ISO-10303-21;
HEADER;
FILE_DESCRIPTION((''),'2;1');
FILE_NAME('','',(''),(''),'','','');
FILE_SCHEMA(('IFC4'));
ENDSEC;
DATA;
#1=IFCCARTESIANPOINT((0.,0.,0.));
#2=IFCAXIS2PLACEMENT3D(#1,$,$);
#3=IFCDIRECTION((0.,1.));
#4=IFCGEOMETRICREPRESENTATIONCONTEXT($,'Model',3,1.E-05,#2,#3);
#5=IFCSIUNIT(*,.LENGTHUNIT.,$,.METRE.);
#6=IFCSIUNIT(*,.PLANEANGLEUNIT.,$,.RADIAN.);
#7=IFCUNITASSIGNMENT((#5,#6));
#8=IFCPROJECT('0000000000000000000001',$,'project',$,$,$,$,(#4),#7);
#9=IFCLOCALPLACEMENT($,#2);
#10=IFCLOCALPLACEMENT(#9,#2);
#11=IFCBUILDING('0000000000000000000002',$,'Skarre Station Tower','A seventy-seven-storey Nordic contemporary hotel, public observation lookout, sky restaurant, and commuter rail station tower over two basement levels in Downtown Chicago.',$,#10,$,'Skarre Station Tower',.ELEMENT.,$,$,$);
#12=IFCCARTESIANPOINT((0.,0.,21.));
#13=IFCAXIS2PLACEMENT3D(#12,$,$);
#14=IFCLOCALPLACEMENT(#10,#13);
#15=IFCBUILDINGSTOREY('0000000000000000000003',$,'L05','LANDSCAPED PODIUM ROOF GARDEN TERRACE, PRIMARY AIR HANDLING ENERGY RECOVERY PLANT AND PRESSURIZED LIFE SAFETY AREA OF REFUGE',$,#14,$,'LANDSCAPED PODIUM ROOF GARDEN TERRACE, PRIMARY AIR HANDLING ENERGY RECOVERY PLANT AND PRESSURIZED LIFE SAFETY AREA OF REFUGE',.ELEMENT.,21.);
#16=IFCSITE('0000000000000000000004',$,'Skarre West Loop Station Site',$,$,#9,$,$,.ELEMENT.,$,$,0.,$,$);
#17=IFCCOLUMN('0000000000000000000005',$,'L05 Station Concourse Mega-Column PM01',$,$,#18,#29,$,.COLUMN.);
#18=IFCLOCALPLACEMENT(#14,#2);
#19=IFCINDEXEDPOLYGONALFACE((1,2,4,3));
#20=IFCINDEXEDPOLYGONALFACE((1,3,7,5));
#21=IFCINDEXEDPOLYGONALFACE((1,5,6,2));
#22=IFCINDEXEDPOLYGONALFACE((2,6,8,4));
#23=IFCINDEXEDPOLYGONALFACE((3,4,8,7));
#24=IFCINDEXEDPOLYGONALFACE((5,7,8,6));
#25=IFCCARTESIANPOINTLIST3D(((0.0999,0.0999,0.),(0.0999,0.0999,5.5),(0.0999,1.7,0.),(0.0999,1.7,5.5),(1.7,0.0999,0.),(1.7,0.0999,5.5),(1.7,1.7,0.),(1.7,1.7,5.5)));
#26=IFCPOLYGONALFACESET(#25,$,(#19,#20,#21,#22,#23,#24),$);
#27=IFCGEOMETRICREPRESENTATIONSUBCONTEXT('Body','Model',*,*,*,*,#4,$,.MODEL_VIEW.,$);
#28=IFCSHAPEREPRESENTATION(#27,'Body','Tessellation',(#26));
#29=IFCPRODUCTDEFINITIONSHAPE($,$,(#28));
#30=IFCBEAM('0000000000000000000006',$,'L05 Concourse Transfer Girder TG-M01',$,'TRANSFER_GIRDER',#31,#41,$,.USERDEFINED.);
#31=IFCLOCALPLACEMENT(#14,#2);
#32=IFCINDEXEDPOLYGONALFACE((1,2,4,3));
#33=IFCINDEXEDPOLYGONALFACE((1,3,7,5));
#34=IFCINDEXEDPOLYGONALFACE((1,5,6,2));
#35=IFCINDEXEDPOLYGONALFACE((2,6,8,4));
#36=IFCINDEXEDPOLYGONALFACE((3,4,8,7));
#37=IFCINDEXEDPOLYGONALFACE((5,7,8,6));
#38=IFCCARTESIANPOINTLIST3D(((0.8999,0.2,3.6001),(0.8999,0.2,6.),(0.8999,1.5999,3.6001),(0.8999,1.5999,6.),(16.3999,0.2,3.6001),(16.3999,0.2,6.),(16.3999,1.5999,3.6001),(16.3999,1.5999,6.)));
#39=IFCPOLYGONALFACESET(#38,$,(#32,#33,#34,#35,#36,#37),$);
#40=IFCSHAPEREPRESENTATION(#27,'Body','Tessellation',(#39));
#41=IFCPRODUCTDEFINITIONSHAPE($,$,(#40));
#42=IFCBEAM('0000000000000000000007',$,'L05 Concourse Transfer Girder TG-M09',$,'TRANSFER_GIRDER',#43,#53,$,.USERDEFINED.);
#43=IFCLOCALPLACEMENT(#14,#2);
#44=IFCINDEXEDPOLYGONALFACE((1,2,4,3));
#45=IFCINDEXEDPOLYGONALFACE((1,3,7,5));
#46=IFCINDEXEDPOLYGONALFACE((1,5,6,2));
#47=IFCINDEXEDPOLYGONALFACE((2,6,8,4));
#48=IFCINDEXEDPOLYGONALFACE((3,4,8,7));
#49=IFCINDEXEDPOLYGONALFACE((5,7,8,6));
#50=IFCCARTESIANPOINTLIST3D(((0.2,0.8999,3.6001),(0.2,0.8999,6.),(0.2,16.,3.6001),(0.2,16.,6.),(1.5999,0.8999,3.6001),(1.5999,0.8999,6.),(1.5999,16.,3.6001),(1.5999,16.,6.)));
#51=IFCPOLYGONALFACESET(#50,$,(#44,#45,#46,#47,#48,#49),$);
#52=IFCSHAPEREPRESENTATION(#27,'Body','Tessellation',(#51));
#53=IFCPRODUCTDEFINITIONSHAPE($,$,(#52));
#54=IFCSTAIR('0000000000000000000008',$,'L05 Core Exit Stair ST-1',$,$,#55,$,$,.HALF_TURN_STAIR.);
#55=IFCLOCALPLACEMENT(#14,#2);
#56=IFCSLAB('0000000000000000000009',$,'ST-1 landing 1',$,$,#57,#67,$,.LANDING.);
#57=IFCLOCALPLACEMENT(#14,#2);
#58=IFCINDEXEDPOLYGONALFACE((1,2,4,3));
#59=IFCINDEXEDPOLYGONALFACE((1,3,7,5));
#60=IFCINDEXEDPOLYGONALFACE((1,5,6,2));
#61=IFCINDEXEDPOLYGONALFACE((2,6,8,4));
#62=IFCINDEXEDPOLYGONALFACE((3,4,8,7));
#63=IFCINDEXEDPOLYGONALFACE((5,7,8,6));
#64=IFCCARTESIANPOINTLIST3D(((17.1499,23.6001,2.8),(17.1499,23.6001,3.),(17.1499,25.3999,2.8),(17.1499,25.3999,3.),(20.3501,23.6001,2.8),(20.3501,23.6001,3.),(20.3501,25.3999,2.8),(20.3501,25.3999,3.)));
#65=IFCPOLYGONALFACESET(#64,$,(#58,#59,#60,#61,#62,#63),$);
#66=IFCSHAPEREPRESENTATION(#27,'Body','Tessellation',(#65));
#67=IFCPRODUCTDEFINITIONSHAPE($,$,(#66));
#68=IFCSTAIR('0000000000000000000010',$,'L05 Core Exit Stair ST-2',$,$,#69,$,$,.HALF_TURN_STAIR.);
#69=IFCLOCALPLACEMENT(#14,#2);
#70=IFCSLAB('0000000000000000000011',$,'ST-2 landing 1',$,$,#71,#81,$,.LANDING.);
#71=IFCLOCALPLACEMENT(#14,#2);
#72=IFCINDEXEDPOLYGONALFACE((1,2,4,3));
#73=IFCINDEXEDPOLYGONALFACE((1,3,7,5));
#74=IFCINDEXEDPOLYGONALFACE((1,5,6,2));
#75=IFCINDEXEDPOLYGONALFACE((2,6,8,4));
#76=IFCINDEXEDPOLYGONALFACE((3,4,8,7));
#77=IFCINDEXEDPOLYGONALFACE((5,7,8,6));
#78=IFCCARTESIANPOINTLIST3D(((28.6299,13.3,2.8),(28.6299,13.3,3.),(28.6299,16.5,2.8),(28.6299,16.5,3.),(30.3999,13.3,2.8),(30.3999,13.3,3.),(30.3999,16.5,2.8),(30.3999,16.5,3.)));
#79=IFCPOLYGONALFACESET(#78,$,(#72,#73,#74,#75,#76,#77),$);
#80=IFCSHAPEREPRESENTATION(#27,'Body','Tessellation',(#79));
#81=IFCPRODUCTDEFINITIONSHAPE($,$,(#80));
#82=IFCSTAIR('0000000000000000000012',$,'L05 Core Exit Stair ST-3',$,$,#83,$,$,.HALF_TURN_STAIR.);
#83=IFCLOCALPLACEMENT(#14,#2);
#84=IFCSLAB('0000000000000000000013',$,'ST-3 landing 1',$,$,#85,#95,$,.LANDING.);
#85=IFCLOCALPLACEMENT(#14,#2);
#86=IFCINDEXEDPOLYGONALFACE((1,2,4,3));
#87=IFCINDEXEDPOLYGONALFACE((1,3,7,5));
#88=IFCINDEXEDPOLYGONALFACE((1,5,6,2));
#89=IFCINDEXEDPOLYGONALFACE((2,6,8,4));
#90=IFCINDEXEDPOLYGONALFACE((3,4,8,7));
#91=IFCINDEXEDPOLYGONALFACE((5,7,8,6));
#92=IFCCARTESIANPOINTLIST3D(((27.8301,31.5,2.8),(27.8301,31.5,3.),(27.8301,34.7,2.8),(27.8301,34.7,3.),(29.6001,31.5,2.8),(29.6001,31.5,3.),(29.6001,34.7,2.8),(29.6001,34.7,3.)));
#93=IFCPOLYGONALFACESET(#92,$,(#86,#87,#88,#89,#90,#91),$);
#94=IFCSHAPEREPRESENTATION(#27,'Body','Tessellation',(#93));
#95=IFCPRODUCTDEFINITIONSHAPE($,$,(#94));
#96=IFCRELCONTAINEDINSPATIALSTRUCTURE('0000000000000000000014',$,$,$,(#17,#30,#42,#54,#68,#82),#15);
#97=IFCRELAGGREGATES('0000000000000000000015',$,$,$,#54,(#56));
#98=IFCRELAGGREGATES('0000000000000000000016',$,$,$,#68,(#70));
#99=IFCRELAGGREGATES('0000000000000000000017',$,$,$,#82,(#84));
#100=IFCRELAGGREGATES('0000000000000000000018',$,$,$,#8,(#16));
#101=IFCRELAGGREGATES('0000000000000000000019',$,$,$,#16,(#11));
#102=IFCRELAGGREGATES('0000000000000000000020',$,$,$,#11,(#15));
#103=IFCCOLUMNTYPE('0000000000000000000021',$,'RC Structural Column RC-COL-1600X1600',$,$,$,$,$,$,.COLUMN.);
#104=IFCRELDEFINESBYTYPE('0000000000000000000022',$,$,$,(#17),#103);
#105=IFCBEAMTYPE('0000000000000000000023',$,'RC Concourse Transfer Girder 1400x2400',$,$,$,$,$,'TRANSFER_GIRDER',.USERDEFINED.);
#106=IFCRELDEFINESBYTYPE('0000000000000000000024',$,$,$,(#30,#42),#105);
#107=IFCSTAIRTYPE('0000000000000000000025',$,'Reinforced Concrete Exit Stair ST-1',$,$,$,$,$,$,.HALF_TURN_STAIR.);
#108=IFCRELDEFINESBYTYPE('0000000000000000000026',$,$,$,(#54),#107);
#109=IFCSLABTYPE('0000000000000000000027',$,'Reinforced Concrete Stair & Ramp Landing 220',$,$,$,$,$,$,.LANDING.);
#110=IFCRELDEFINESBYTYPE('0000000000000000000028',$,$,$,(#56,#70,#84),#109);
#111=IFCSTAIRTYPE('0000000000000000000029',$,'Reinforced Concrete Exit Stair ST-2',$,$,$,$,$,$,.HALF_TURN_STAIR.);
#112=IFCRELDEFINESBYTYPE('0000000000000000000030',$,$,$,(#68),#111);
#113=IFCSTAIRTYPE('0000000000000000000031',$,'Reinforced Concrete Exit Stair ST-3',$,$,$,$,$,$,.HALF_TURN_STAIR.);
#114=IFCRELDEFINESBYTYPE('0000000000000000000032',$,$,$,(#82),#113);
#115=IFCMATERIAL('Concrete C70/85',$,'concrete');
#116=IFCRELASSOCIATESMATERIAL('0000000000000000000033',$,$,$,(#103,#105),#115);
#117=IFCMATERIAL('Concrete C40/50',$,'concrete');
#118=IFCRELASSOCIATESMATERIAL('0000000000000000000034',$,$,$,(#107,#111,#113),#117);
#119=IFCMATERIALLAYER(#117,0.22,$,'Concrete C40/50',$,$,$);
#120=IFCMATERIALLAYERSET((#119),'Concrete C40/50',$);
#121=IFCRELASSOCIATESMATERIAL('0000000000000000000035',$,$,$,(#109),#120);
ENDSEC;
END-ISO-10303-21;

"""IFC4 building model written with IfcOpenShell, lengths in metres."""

from ifc_helpers import new_model, si_unit, direction, frame, origin, origin_2d, place, context, subcontext, project, spatial, polyline, rectangle, outline, extrude, material, layer, layer_set, material_profile, profile_set, type_object, element, aggregate, save


model = new_model("IFC4")

# Units and contexts
model_context = context("Model", 3, precision=1e-05, world=origin(), true_north=direction((0.0, 1.0)))
body_context = subcontext(model_context, "Body", "Model", "MODEL_VIEW")
ifc_project = project(units=[si_unit("LENGTHUNIT", "METRE"), si_unit("PLANEANGLEUNIT", "RADIAN")], contexts=[model_context])

# Site, building, storey
site_placement = place(None, origin())
site = spatial("IfcSite", under=ifc_project, at=site_placement, Name="Skarre West Loop Station Site", CompositionType="ELEMENT", RefElevation=0.0)
building_placement = place(site_placement, origin())
building = spatial("IfcBuilding", under=site, at=building_placement, Name="Skarre Station Tower", Description="A seventy-seven-storey Nordic contemporary hotel, public observation lookout, sky restaurant, and commuter rail station tower over two basement levels in Downtown Chicago.", LongName="Skarre Station Tower", CompositionType="ELEMENT")
storey_placement = place(building_placement, frame((0.0, 0.0, 21.0)))
storey = spatial("IfcBuildingStorey", under=building, at=storey_placement, Name="L05", Description="LANDSCAPED PODIUM ROOF GARDEN TERRACE, PRIMARY AIR HANDLING ENERGY RECOVERY PLANT AND PRESSURIZED LIFE SAFETY AREA OF REFUGE", LongName="LANDSCAPED PODIUM ROOF GARDEN TERRACE, PRIMARY AIR HANDLING ENERGY RECOVERY PLANT AND PRESSURIZED LIFE SAFETY AREA OF REFUGE", CompositionType="ELEMENT", Elevation=21.0)

# Column
ifc_material_1 = material(Name="Concrete C70/85", Category="concrete")
ifc_material_profile_1 = material_profile(ifc_material_1, rectangle(XDim=1.6001, YDim=1.6001, at=origin_2d()), Name="Concrete C70/85")
ifc_profile_set_1 = profile_set([ifc_material_profile_1], Name="Concrete C70/85")
column_type = type_object("IfcColumnType", Name="RC Structural Column RC-COL-1600X1600", PredefinedType="COLUMN", material=ifc_profile_set_1)
column_placement = place(storey_placement, frame((0.8999, 0.8999, 0.0), z_axis=(0.0, 0.0, 1.0), x_axis=(1.0, 0.0, 0.0)))
element("IfcColumn", 1, at=column_placement, inside=storey, type_object=column_type, Name="L05 Station Concourse Mega-Column PM01", PredefinedType="COLUMN", context=body_context, shape_type="SweptSolid", body=[
    extrude(rectangle(XDim=1.6001, YDim=1.6001, at=origin_2d()), origin(), (0.0, 0.0, 1.0), 5.5),
])

# Beams
ifc_material_profile_2 = material_profile(ifc_material_1, rectangle(XDim=1.3999, YDim=2.3999, at=origin_2d()), Name="Concrete C70/85")
ifc_profile_set_2 = profile_set([ifc_material_profile_2], Name="Concrete C70/85")
beam_type = type_object("IfcBeamType", Name="RC Concourse Transfer Girder 1400x2400", ElementType="TRANSFER_GIRDER", PredefinedType="USERDEFINED", material=ifc_profile_set_2)
beam_1_placement = place(storey_placement, frame((0.8999, 0.8999, 4.8), z_axis=(1.0, 0.0, 0.0), x_axis=(0.0, 1.0, 0.0)))
element("IfcBeam", 2, at=beam_1_placement, inside=storey, type_object=beam_type, Name="L05 Concourse Transfer Girder TG-M01", ObjectType="TRANSFER_GIRDER", PredefinedType="USERDEFINED", context=body_context, shape_type="SweptSolid", body=[
    extrude(rectangle(XDim=1.3999, YDim=2.3999, at=origin_2d()), origin(), (0.0, 0.0, 1.0), 15.5),
])
beam_2_placement = place(storey_placement, frame((0.8999, 0.8999, 4.8), z_axis=(0.0, 1.0, 0.0), x_axis=(-1.0, 0.0, 0.0)))
element("IfcBeam", 3, at=beam_2_placement, inside=storey, type_object=beam_type, Name="L05 Concourse Transfer Girder TG-M09", ObjectType="TRANSFER_GIRDER", PredefinedType="USERDEFINED", context=body_context, shape_type="SweptSolid", body=[
    extrude(rectangle(XDim=1.3999, YDim=2.3999, at=origin_2d()), origin(), (0.0, 0.0, 1.0), 15.1001),
])

# Stairs, slabs
ifc_material_2 = material(Name="Concrete C40/50", Category="concrete")
stair_type_1 = type_object("IfcStairType", Name="Reinforced Concrete Exit Stair ST-1", PredefinedType="HALF_TURN_STAIR", material=ifc_material_2)
stair_1_placement = place(storey_placement, origin())
stair_1 = element("IfcStair", 4, at=stair_1_placement, inside=storey, type_object=stair_type_1, Name="L05 Core Exit Stair ST-1", PredefinedType="HALF_TURN_STAIR")
ifc_layer_1 = layer(ifc_material_2, 0.22, Name="Concrete C40/50")
ifc_layer_set_1 = layer_set([ifc_layer_1], Name="Concrete C40/50")
slab_type_1 = type_object("IfcSlabType", Name="Reinforced Concrete Stair & Ramp Landing 220", PredefinedType="LANDING", material=ifc_layer_set_1)
slab_1_placement = place(storey_placement, frame((0.0, 0.0, 2.8)))
slab_1 = element("IfcSlab", 5, at=slab_1_placement, type_object=slab_type_1, Name="ST-1 landing 1", PredefinedType="LANDING", context=body_context, shape_type="SweptSolid", body=[
    extrude(outline(polyline([(20.3501, 23.6001), (20.3501, 25.3999), (17.1499, 25.3999), (17.1499, 23.6001), (20.3501, 23.6001)])), origin(), (0.0, 0.0, 1.0), 0.2),
])
aggregate(stair_1, [slab_1])
stair_type_2 = type_object("IfcStairType", Name="Reinforced Concrete Exit Stair ST-2", PredefinedType="HALF_TURN_STAIR", material=ifc_material_2)
stair_2_placement = place(storey_placement, origin())
stair_2 = element("IfcStair", 6, at=stair_2_placement, inside=storey, type_object=stair_type_2, Name="L05 Core Exit Stair ST-2", PredefinedType="HALF_TURN_STAIR")
slab_2_placement = place(storey_placement, frame((0.0, 0.0, 2.8)))
slab_2 = element("IfcSlab", 7, at=slab_2_placement, type_object=slab_type_1, Name="ST-2 landing 1", PredefinedType="LANDING", context=body_context, shape_type="SweptSolid", body=[
    extrude(outline(polyline([(28.6299, 13.3), (30.3999, 13.3), (30.3999, 16.5), (28.6299, 16.5), (28.6299, 13.3)])), origin(), (0.0, 0.0, 1.0), 0.2),
])
aggregate(stair_2, [slab_2])
stair_type_3 = type_object("IfcStairType", Name="Reinforced Concrete Exit Stair ST-3", PredefinedType="HALF_TURN_STAIR", material=ifc_material_2)
stair_3_placement = place(storey_placement, origin())
stair_3 = element("IfcStair", 8, at=stair_3_placement, inside=storey, type_object=stair_type_3, Name="L05 Core Exit Stair ST-3", PredefinedType="HALF_TURN_STAIR")
slab_3_placement = place(storey_placement, frame((0.0, 0.0, 2.8)))
slab_3 = element("IfcSlab", 9, at=slab_3_placement, type_object=slab_type_1, Name="ST-3 landing 1", PredefinedType="LANDING", context=body_context, shape_type="SweptSolid", body=[
    extrude(outline(polyline([(27.8301, 31.5), (29.6001, 31.5), (29.6001, 34.7), (27.8301, 34.7), (27.8301, 31.5)])), origin(), (0.0, 0.0, 1.0), 0.2),
])
aggregate(stair_3, [slab_3])

save(model, "model.ifc")
